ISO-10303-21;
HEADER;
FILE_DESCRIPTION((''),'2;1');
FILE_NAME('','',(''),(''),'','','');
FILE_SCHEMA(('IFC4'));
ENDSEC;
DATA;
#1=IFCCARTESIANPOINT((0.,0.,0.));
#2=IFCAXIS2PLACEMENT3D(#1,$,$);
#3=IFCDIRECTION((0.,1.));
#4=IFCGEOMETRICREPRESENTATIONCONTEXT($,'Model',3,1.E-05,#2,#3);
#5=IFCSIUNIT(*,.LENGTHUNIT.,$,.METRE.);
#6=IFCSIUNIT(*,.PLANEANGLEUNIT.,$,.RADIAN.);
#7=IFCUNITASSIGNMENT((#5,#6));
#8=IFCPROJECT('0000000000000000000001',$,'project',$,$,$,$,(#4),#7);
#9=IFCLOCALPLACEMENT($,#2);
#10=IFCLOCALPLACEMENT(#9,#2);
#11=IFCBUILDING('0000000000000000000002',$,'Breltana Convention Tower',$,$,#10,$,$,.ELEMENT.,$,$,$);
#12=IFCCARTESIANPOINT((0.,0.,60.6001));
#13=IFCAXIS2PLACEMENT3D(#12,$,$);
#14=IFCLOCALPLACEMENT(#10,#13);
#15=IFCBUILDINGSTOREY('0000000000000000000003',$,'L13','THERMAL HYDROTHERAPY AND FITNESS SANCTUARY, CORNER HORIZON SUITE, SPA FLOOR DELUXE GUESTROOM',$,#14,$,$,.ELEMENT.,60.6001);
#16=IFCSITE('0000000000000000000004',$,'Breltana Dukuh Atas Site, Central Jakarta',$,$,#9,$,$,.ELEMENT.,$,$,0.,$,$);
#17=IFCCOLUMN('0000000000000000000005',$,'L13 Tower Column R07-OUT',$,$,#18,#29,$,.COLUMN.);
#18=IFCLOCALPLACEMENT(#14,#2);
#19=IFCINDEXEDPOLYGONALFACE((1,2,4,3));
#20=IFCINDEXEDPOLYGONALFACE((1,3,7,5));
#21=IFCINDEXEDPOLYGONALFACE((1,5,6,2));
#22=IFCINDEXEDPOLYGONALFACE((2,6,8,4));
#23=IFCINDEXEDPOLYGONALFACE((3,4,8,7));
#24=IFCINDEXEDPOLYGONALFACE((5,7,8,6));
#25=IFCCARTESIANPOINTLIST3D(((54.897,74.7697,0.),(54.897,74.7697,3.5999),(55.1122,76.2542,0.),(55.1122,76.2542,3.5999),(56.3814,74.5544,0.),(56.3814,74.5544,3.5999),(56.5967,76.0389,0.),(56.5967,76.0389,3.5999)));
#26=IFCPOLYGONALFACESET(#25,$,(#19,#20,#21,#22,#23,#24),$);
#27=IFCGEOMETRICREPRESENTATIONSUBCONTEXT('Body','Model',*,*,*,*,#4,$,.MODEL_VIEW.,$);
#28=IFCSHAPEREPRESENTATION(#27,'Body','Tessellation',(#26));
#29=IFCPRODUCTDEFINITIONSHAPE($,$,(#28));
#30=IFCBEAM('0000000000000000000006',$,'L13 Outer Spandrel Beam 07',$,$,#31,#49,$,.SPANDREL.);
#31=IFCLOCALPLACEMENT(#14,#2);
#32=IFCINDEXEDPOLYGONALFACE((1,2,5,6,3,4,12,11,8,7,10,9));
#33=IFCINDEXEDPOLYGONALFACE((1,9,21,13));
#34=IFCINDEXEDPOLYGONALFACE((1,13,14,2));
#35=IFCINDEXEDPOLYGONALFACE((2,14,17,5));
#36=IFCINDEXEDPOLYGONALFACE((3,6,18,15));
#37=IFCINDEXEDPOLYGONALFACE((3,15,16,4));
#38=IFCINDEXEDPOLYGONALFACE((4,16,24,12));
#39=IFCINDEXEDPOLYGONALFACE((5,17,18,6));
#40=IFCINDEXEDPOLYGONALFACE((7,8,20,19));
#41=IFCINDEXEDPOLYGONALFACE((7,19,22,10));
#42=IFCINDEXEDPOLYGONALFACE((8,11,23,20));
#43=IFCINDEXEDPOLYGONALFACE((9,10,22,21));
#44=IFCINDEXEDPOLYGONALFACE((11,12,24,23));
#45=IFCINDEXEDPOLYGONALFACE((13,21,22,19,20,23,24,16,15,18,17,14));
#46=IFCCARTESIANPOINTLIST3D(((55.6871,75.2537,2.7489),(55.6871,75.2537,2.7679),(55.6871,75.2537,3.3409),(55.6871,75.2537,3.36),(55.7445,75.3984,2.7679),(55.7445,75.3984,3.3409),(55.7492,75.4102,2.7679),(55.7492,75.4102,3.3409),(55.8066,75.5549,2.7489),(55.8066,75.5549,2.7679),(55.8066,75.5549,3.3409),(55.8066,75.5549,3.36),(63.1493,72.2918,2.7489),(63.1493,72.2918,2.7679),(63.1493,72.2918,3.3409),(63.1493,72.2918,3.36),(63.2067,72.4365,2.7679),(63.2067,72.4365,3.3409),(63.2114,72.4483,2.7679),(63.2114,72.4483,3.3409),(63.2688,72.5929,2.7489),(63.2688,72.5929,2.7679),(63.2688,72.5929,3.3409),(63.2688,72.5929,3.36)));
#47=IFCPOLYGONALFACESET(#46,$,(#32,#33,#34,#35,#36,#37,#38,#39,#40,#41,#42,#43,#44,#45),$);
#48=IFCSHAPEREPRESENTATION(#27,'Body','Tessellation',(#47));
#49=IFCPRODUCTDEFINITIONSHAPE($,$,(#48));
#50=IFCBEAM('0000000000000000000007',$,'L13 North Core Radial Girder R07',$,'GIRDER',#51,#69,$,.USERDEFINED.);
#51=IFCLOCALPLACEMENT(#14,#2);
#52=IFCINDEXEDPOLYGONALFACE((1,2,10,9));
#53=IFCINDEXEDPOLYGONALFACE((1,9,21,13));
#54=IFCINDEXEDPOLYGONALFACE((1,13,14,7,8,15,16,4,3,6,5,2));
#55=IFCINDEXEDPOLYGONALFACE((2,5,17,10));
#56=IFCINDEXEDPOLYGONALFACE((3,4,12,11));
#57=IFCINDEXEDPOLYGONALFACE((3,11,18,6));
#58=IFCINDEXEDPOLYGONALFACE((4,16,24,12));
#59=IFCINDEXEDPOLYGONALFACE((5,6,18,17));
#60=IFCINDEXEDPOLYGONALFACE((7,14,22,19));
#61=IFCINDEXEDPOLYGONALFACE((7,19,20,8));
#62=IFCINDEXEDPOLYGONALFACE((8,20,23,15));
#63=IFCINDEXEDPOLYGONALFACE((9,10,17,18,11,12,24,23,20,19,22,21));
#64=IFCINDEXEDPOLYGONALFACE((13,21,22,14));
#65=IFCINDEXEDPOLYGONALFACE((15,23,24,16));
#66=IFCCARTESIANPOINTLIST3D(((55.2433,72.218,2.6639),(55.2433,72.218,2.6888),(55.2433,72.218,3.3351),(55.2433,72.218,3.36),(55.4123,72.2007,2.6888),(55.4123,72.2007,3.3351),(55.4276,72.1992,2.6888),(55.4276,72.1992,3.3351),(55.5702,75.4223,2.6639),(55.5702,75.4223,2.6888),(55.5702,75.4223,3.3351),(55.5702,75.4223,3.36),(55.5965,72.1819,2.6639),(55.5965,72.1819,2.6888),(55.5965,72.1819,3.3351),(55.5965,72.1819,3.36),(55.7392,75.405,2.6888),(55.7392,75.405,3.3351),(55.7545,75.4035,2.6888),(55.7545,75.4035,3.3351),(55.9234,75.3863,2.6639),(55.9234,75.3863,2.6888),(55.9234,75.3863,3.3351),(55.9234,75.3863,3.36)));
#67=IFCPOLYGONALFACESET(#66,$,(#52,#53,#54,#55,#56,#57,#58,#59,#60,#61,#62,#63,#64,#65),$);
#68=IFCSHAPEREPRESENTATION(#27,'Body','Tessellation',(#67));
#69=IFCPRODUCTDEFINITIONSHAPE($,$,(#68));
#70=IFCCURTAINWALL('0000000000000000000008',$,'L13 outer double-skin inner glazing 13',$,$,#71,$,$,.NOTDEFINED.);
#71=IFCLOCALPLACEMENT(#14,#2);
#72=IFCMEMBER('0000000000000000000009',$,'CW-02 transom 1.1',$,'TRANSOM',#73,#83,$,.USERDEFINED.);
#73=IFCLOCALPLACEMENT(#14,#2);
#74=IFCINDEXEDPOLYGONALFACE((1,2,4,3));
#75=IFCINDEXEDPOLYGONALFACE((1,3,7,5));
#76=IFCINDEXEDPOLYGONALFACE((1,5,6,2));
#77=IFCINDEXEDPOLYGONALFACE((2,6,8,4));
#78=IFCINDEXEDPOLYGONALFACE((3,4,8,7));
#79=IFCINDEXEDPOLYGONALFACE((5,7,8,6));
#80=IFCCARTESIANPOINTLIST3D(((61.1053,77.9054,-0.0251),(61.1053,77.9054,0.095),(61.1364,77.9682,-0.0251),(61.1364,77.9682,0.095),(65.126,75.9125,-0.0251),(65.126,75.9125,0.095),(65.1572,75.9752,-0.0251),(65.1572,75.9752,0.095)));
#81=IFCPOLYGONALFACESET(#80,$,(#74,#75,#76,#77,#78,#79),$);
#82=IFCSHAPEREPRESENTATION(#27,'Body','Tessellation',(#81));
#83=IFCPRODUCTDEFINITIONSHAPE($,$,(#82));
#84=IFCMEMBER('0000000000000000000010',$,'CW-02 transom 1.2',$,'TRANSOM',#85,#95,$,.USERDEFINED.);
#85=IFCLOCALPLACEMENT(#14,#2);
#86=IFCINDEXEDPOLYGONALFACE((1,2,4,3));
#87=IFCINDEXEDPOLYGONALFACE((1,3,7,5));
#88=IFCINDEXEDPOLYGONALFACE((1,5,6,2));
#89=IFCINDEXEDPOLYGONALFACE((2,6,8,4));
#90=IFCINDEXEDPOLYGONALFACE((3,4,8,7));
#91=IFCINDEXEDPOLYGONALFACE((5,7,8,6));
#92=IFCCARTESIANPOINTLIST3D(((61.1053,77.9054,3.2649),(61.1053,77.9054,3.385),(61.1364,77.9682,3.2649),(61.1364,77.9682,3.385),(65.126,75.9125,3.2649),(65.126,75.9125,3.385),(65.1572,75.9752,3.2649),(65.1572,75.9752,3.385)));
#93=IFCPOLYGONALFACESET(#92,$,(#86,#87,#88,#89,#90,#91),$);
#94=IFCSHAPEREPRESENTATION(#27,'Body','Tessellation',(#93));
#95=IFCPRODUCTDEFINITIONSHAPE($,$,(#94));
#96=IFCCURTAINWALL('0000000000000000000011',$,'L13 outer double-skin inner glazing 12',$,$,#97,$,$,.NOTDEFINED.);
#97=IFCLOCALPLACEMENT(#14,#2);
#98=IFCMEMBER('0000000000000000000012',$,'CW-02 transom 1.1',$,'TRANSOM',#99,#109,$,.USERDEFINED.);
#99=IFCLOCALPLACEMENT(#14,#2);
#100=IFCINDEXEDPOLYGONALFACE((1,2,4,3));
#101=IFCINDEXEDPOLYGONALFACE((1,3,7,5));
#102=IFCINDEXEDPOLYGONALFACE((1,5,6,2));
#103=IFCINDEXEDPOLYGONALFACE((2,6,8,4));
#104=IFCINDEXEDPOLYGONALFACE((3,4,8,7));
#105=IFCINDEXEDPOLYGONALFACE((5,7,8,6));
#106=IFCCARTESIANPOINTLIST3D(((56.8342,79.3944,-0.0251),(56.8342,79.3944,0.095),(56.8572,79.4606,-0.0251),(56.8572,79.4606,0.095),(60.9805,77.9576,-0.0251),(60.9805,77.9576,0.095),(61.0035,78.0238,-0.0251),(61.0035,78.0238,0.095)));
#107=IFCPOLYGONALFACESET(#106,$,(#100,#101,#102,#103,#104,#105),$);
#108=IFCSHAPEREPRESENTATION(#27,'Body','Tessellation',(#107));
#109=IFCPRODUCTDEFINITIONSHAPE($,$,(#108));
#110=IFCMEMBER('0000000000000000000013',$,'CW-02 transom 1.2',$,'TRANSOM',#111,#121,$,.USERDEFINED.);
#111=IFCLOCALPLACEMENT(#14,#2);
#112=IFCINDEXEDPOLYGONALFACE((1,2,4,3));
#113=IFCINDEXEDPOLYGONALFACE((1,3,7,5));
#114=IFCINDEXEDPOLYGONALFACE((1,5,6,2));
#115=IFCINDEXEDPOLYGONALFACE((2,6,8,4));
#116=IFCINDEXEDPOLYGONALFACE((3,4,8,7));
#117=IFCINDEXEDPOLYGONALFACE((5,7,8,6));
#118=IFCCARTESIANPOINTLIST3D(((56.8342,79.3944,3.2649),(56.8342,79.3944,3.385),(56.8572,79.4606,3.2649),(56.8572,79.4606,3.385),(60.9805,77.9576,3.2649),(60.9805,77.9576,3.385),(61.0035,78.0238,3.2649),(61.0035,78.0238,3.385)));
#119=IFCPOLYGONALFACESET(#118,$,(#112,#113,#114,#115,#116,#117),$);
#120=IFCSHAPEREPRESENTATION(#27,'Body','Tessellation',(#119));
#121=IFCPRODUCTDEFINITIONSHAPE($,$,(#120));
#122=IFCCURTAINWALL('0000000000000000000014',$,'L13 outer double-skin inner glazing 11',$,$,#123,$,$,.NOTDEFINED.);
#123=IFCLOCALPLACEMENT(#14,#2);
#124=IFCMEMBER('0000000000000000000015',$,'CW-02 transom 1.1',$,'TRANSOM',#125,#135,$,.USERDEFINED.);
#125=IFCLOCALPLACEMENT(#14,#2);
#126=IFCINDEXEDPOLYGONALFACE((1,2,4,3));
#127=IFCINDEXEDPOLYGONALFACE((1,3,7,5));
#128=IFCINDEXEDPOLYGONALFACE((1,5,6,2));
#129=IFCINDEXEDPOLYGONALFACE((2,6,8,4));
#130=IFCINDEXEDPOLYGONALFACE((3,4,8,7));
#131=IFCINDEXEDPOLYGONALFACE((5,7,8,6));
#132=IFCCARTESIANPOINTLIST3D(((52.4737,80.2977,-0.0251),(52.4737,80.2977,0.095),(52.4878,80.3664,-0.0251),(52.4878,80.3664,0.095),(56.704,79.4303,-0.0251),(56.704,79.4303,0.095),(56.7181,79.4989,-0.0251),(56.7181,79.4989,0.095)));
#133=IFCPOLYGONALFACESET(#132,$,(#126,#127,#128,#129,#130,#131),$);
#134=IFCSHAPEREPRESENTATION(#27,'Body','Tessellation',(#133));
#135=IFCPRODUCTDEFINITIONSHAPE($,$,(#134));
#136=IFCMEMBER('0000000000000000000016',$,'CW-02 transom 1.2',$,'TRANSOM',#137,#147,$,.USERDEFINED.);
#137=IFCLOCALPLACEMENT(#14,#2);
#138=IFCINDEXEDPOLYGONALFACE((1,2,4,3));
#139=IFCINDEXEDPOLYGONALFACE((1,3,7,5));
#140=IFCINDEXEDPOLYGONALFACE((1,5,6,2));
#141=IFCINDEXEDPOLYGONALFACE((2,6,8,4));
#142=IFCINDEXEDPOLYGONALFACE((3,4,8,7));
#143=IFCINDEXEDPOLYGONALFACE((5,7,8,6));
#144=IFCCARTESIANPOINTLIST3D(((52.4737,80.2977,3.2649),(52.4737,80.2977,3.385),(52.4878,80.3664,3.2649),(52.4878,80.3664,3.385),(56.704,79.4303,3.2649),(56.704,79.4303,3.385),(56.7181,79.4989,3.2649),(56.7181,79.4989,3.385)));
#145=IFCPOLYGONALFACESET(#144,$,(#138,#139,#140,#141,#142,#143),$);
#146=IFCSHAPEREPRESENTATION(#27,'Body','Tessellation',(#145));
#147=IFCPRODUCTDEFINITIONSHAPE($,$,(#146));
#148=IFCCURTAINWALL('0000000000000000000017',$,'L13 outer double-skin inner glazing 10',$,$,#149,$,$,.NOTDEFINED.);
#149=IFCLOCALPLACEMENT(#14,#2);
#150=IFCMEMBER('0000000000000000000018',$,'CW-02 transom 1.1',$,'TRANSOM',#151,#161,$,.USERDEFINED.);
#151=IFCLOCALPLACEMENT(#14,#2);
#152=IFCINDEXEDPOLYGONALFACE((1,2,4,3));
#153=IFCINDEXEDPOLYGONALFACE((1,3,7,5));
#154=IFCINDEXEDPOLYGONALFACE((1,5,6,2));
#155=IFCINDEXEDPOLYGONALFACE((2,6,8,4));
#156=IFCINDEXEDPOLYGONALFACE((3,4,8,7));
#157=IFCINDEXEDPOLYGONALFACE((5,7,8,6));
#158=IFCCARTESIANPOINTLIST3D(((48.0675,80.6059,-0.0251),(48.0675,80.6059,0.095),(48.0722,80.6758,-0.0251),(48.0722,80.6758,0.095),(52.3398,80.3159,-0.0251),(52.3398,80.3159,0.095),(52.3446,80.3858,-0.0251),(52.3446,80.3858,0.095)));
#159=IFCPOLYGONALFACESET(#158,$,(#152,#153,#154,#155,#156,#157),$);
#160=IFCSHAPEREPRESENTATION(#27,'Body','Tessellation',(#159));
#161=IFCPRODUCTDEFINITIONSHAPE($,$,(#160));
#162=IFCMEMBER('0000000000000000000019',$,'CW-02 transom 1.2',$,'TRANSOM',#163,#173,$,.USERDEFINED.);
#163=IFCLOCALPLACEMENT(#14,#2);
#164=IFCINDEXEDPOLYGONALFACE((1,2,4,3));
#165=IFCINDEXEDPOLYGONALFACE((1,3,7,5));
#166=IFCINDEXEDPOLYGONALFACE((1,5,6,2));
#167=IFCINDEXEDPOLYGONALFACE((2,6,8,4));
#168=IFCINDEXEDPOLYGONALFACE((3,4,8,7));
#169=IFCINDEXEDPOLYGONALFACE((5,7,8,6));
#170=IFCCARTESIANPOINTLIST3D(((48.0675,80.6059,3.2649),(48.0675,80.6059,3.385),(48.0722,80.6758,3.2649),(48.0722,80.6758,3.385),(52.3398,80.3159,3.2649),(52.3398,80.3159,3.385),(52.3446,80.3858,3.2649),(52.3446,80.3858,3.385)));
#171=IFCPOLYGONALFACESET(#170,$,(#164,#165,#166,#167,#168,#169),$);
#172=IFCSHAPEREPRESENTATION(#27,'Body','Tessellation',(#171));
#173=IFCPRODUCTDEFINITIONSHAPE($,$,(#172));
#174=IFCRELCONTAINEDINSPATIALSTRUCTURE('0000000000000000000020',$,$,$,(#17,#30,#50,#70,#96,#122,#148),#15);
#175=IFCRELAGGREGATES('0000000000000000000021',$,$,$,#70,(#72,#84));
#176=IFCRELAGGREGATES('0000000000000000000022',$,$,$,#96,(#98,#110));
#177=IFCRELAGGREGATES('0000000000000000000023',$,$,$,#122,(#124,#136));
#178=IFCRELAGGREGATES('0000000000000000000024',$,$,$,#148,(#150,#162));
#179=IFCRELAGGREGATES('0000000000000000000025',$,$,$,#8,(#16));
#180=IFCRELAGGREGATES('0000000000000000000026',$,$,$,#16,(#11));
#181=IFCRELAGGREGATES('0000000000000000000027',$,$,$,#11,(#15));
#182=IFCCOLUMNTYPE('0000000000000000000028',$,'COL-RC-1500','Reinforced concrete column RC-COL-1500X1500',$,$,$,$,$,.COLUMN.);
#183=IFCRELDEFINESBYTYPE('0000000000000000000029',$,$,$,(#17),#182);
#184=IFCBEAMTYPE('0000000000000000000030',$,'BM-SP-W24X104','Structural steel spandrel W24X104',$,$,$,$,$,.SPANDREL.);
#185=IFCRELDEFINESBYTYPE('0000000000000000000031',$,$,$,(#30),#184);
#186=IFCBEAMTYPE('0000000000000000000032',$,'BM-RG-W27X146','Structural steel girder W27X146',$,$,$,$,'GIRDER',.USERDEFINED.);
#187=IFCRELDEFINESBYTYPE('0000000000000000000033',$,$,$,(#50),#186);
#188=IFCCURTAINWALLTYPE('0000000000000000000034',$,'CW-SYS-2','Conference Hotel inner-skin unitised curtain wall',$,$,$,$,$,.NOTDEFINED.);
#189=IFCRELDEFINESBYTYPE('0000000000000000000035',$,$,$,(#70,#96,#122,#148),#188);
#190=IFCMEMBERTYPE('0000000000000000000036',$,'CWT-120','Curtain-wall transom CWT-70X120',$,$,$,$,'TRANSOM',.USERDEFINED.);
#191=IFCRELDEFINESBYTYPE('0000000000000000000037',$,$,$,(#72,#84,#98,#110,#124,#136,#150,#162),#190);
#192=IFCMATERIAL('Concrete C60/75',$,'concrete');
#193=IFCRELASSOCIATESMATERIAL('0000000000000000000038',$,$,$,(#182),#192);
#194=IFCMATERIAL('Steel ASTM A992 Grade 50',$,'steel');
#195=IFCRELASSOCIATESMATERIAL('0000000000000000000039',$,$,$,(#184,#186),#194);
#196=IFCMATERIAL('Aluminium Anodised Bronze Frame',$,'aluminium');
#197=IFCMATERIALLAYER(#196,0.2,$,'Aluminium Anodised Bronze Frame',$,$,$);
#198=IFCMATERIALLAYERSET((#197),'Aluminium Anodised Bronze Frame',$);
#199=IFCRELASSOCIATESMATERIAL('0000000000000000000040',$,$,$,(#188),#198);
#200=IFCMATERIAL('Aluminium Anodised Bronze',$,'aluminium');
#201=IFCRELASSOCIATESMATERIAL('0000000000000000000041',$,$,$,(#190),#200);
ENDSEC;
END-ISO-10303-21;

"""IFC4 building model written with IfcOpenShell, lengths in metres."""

from ifc_helpers import new_model, si_unit, direction, frame, origin, origin_2d, place, context, subcontext, project, spatial, rectangle, i_section, extrude, source, transform, mapped, material, layer, layer_set, material_profile, profile_set, type_object, element, aggregate, save


model = new_model("IFC4")

# Units and contexts
model_context = context("Model", 3, precision=1e-05, world=origin(), true_north=direction((0.0, 1.0)))
body_context = subcontext(model_context, "Body", "Model", "MODEL_VIEW")
ifc_project = project(units=[si_unit("LENGTHUNIT", "METRE"), si_unit("PLANEANGLEUNIT", "RADIAN")], contexts=[model_context])

# Site, building, storey
site_placement = place(None, origin())
site = spatial("IfcSite", under=ifc_project, at=site_placement, Name="Breltana Dukuh Atas Site, Central Jakarta", CompositionType="ELEMENT", RefElevation=0.0)
building_placement = place(site_placement, origin())
building = spatial("IfcBuilding", under=site, at=building_placement, Name="Breltana Convention Tower", CompositionType="ELEMENT")
storey_placement = place(building_placement, frame((0.0, 0.0, 60.6001)))
storey = spatial("IfcBuildingStorey", under=building, at=storey_placement, Name="L13", Description="THERMAL HYDROTHERAPY AND FITNESS SANCTUARY, CORNER HORIZON SUITE, SPA FLOOR DELUXE GUESTROOM", CompositionType="ELEMENT", Elevation=60.6001)

# Column
ifc_material_1 = material(Name="Concrete C60/75", Category="concrete")
ifc_material_profile_1 = material_profile(ifc_material_1, rectangle(XDim=1.5, YDim=1.5, at=origin_2d()), Name="RC-COL-1500X1500")
ifc_profile_set_1 = profile_set([ifc_material_profile_1], Name="Concrete C60/75")
column_type = type_object("IfcColumnType", Name="COL-RC-1500", Description="Reinforced concrete column RC-COL-1500X1500", PredefinedType="COLUMN", material=ifc_profile_set_1)
shared_shape_1 = source(origin(), body_context, "Body", "SweptSolid", [
    extrude(rectangle(XDim=1.5, YDim=1.5, at=origin_2d()), origin(), (0.0, 0.0, 1.0), 3.5999),
])
column_placement = place(storey_placement, frame((55.7468, 75.4043, 0.0), z_axis=(0.0, 0.0, 1.0), x_axis=(0.143493, 0.989651, 0.0)))
element("IfcColumn", 1, at=column_placement, inside=storey, type_object=column_type, Name="L13 Tower Column R07-OUT", PredefinedType="COLUMN", context=body_context, shape_type="MappedRepresentation", body=[
    mapped(shared_shape_1, transform((0.0, 0.0, 0.0), scale=1.0)),
])

# Beams
ifc_material_2 = material(Name="Steel ASTM A992 Grade 50", Category="steel")
ifc_material_profile_2 = material_profile(ifc_material_2, i_section(OverallWidth=0.324, OverallDepth=0.6111, WebThickness=0.0127, FlangeThickness=0.019, at=origin_2d()), Name="W24X104")
ifc_profile_set_2 = profile_set([ifc_material_profile_2], Name="Steel ASTM A992 Grade 50")
beam_type_1 = type_object("IfcBeamType", Name="BM-SP-W24X104", Description="Structural steel spandrel W24X104", PredefinedType="SPANDREL", material=ifc_profile_set_2)
shared_shape_2 = source(origin(), body_context, "Body", "SweptSolid", [
    extrude(i_section(OverallWidth=0.324, OverallDepth=0.6111, WebThickness=0.0127, FlangeThickness=0.019, at=origin_2d()), origin(), (0.0, 0.0, 1.0), 8.0286),
])
beam_1_placement = place(storey_placement, frame((55.7468, 75.4043, 3.0544), z_axis=(0.929459, -0.368925, 0.0), x_axis=(0.368925, 0.929459, 0.0)))
element("IfcBeam", 2, at=beam_1_placement, inside=storey, type_object=beam_type_1, Name="L13 Outer Spandrel Beam 07", PredefinedType="SPANDREL", context=body_context, shape_type="MappedRepresentation", body=[
    mapped(shared_shape_2, transform((0.0, 0.0, 0.0), scale=1.0)),
])
ifc_material_profile_3 = material_profile(ifc_material_2, i_section(OverallWidth=0.355, OverallDepth=0.696, WebThickness=0.0154, FlangeThickness=0.0249, at=origin_2d()), Name="W27X146")
ifc_profile_set_3 = profile_set([ifc_material_profile_3], Name="Steel ASTM A992 Grade 50")
beam_type_2 = type_object("IfcBeamType", Name="BM-RG-W27X146", Description="Structural steel girder W27X146", ElementType="GIRDER", PredefinedType="USERDEFINED", material=ifc_profile_set_3)
shared_shape_3 = source(origin(), body_context, "Body", "SweptSolid", [
    extrude(i_section(OverallWidth=0.355, OverallDepth=0.696, WebThickness=0.0154, FlangeThickness=0.0249, at=origin_2d()), origin(), (0.0, 0.0, 1.0), 3.2209),
])
beam_2_placement = place(storey_placement, frame((55.4199, 72.2, 3.012), z_axis=(0.101492, 0.994836, 0.0), x_axis=(-0.994836, 0.101492, 0.0)))
element("IfcBeam", 3, at=beam_2_placement, inside=storey, type_object=beam_type_2, Name="L13 North Core Radial Girder R07", ObjectType="GIRDER", PredefinedType="USERDEFINED", context=body_context, shape_type="MappedRepresentation", body=[
    mapped(shared_shape_3, transform((0.0, 0.0, 0.0), scale=1.0)),
])

# Curtain walls, members
ifc_material_3 = material(Name="Aluminium Anodised Bronze Frame", Category="aluminium")
ifc_layer_1 = layer(ifc_material_3, 0.2, Name="Aluminium Anodised Bronze Frame")
ifc_layer_set_1 = layer_set([ifc_layer_1], Name="Aluminium Anodised Bronze Frame")
curtain_wall_type = type_object("IfcCurtainWallType", Name="CW-SYS-2", Description="Conference Hotel inner-skin unitised curtain wall", PredefinedType="NOTDEFINED", material=ifc_layer_set_1)
curtain_wall_1_placement = place(storey_placement, origin())
curtain_wall_1 = element("IfcCurtainWall", 4, at=curtain_wall_1_placement, inside=storey, type_object=curtain_wall_type, Name="L13 outer double-skin inner glazing 13", PredefinedType="NOTDEFINED")
ifc_material_4 = material(Name="Aluminium Anodised Bronze", Category="aluminium")
ifc_material_profile_4 = material_profile(ifc_material_4, rectangle(XDim=0.0701, YDim=0.1201, at=origin_2d()), Name="CWT-70X120")
ifc_profile_set_4 = profile_set([ifc_material_profile_4], Name="Aluminium Anodised Bronze")
member_type_1 = type_object("IfcMemberType", Name="CWT-120", Description="Curtain-wall transom CWT-70X120", ElementType="TRANSOM", PredefinedType="USERDEFINED", material=ifc_profile_set_4)
shared_shape_4 = source(origin(), body_context, "Body", "SweptSolid", [
    extrude(rectangle(XDim=0.0701, YDim=0.1201, at=origin_2d()), origin(), (0.0, 0.0, 1.0), 4.4875),
])
member_1_placement = place(storey_placement, frame((61.1208, 77.9368, 0.0349), z_axis=(0.895978, -0.444099, 0.0), x_axis=(0.444099, 0.895978, 0.0)))
member_1 = element("IfcMember", 5, at=member_1_placement, type_object=member_type_1, Name="CW-02 transom 1.1", ObjectType="TRANSOM", PredefinedType="USERDEFINED", context=body_context, shape_type="MappedRepresentation", body=[
    mapped(shared_shape_4, transform((0.0, 0.0, 0.0), scale=1.0)),
])
member_2_placement = place(storey_placement, frame((61.1208, 77.9368, 3.325), z_axis=(0.895978, -0.444099, 0.0), x_axis=(0.444099, 0.895978, 0.0)))
member_2 = element("IfcMember", 6, at=member_2_placement, type_object=member_type_1, Name="CW-02 transom 1.2", ObjectType="TRANSOM", PredefinedType="USERDEFINED", context=body_context, shape_type="MappedRepresentation", body=[
    mapped(shared_shape_4, transform((0.0, 0.0, 0.0), scale=1.0)),
])
curtain_wall_2_placement = place(storey_placement, origin())
curtain_wall_2 = element("IfcCurtainWall", 7, at=curtain_wall_2_placement, inside=storey, type_object=curtain_wall_type, Name="L13 outer double-skin inner glazing 12", PredefinedType="NOTDEFINED")
shared_shape_5 = source(origin(), body_context, "Body", "SweptSolid", [
    extrude(rectangle(XDim=0.0701, YDim=0.1201, at=origin_2d()), origin(), (0.0, 0.0, 1.0), 4.3882),
])
member_3_placement = place(storey_placement, frame((56.8457, 79.4275, 0.0349), z_axis=(0.944878, -0.327422, 0.0), x_axis=(0.327422, 0.944878, 0.0)))
member_3 = element("IfcMember", 8, at=member_3_placement, type_object=member_type_1, Name="CW-02 transom 1.1", ObjectType="TRANSOM", PredefinedType="USERDEFINED", context=body_context, shape_type="MappedRepresentation", body=[
    mapped(shared_shape_5, transform((0.0, 0.0, 0.0), scale=1.0)),
])
member_4_placement = place(storey_placement, frame((56.8457, 79.4275, 3.325), z_axis=(0.944878, -0.327422, 0.0), x_axis=(0.327422, 0.944878, 0.0)))
member_4 = element("IfcMember", 9, at=member_4_placement, type_object=member_type_1, Name="CW-02 transom 1.2", ObjectType="TRANSOM", PredefinedType="USERDEFINED", context=body_context, shape_type="MappedRepresentation", body=[
    mapped(shared_shape_5, transform((0.0, 0.0, 0.0), scale=1.0)),
])
curtain_wall_3_placement = place(storey_placement, origin())
curtain_wall_3 = element("IfcCurtainWall", 10, at=curtain_wall_3_placement, inside=storey, type_object=curtain_wall_type, Name="L13 outer double-skin inner glazing 11", PredefinedType="NOTDEFINED")
shared_shape_6 = source(origin(), body_context, "Body", "SweptSolid", [
    extrude(rectangle(XDim=0.0701, YDim=0.1201, at=origin_2d()), origin(), (0.0, 0.0, 1.0), 4.3184),
])
member_5_placement = place(storey_placement, frame((52.4807, 80.332, 0.0349), z_axis=(0.979617, -0.200876, 0.0), x_axis=(0.200876, 0.979617, 0.0)))
member_5 = element("IfcMember", 11, at=member_5_placement, type_object=member_type_1, Name="CW-02 transom 1.1", ObjectType="TRANSOM", PredefinedType="USERDEFINED", context=body_context, shape_type="MappedRepresentation", body=[
    mapped(shared_shape_6, transform((0.0, 0.0, 0.0), scale=1.0)),
])
member_6_placement = place(storey_placement, frame((52.4807, 80.332, 3.325), z_axis=(0.979617, -0.200876, 0.0), x_axis=(0.200876, 0.979617, 0.0)))
member_6 = element("IfcMember", 12, at=member_6_placement, type_object=member_type_1, Name="CW-02 transom 1.2", ObjectType="TRANSOM", PredefinedType="USERDEFINED", context=body_context, shape_type="MappedRepresentation", body=[
    mapped(shared_shape_6, transform((0.0, 0.0, 0.0), scale=1.0)),
])
curtain_wall_4_placement = place(storey_placement, origin())
curtain_wall_4 = element("IfcCurtainWall", 13, at=curtain_wall_4_placement, inside=storey, type_object=curtain_wall_type, Name="L13 outer double-skin inner glazing 10", PredefinedType="NOTDEFINED")
shared_shape_7 = source(origin(), body_context, "Body", "SweptSolid", [
    extrude(rectangle(XDim=0.0701, YDim=0.1201, at=origin_2d()), origin(), (0.0, 0.0, 1.0), 4.2822),
])
member_7_placement = place(storey_placement, frame((48.0698, 80.6409, 0.0349), z_axis=(0.997704, -0.06773, 0.0), x_axis=(0.06773, 0.997704, 0.0)))
member_7 = element("IfcMember", 14, at=member_7_placement, type_object=member_type_1, Name="CW-02 transom 1.1", ObjectType="TRANSOM", PredefinedType="USERDEFINED", context=body_context, shape_type="MappedRepresentation", body=[
    mapped(shared_shape_7, transform((0.0, 0.0, 0.0), scale=1.0)),
])
member_8_placement = place(storey_placement, frame((48.0698, 80.6409, 3.325), z_axis=(0.997704, -0.06773, 0.0), x_axis=(0.06773, 0.997704, 0.0)))
member_8 = element("IfcMember", 15, at=member_8_placement, type_object=member_type_1, Name="CW-02 transom 1.2", ObjectType="TRANSOM", PredefinedType="USERDEFINED", context=body_context, shape_type="MappedRepresentation", body=[
    mapped(shared_shape_7, transform((0.0, 0.0, 0.0), scale=1.0)),
])

aggregate(curtain_wall_1, [member_1, member_2])

aggregate(curtain_wall_2, [member_3, member_4])
aggregate(curtain_wall_3, [member_5, member_6])
aggregate(curtain_wall_4, [member_7, member_8])

save(model, "model.ifc")
